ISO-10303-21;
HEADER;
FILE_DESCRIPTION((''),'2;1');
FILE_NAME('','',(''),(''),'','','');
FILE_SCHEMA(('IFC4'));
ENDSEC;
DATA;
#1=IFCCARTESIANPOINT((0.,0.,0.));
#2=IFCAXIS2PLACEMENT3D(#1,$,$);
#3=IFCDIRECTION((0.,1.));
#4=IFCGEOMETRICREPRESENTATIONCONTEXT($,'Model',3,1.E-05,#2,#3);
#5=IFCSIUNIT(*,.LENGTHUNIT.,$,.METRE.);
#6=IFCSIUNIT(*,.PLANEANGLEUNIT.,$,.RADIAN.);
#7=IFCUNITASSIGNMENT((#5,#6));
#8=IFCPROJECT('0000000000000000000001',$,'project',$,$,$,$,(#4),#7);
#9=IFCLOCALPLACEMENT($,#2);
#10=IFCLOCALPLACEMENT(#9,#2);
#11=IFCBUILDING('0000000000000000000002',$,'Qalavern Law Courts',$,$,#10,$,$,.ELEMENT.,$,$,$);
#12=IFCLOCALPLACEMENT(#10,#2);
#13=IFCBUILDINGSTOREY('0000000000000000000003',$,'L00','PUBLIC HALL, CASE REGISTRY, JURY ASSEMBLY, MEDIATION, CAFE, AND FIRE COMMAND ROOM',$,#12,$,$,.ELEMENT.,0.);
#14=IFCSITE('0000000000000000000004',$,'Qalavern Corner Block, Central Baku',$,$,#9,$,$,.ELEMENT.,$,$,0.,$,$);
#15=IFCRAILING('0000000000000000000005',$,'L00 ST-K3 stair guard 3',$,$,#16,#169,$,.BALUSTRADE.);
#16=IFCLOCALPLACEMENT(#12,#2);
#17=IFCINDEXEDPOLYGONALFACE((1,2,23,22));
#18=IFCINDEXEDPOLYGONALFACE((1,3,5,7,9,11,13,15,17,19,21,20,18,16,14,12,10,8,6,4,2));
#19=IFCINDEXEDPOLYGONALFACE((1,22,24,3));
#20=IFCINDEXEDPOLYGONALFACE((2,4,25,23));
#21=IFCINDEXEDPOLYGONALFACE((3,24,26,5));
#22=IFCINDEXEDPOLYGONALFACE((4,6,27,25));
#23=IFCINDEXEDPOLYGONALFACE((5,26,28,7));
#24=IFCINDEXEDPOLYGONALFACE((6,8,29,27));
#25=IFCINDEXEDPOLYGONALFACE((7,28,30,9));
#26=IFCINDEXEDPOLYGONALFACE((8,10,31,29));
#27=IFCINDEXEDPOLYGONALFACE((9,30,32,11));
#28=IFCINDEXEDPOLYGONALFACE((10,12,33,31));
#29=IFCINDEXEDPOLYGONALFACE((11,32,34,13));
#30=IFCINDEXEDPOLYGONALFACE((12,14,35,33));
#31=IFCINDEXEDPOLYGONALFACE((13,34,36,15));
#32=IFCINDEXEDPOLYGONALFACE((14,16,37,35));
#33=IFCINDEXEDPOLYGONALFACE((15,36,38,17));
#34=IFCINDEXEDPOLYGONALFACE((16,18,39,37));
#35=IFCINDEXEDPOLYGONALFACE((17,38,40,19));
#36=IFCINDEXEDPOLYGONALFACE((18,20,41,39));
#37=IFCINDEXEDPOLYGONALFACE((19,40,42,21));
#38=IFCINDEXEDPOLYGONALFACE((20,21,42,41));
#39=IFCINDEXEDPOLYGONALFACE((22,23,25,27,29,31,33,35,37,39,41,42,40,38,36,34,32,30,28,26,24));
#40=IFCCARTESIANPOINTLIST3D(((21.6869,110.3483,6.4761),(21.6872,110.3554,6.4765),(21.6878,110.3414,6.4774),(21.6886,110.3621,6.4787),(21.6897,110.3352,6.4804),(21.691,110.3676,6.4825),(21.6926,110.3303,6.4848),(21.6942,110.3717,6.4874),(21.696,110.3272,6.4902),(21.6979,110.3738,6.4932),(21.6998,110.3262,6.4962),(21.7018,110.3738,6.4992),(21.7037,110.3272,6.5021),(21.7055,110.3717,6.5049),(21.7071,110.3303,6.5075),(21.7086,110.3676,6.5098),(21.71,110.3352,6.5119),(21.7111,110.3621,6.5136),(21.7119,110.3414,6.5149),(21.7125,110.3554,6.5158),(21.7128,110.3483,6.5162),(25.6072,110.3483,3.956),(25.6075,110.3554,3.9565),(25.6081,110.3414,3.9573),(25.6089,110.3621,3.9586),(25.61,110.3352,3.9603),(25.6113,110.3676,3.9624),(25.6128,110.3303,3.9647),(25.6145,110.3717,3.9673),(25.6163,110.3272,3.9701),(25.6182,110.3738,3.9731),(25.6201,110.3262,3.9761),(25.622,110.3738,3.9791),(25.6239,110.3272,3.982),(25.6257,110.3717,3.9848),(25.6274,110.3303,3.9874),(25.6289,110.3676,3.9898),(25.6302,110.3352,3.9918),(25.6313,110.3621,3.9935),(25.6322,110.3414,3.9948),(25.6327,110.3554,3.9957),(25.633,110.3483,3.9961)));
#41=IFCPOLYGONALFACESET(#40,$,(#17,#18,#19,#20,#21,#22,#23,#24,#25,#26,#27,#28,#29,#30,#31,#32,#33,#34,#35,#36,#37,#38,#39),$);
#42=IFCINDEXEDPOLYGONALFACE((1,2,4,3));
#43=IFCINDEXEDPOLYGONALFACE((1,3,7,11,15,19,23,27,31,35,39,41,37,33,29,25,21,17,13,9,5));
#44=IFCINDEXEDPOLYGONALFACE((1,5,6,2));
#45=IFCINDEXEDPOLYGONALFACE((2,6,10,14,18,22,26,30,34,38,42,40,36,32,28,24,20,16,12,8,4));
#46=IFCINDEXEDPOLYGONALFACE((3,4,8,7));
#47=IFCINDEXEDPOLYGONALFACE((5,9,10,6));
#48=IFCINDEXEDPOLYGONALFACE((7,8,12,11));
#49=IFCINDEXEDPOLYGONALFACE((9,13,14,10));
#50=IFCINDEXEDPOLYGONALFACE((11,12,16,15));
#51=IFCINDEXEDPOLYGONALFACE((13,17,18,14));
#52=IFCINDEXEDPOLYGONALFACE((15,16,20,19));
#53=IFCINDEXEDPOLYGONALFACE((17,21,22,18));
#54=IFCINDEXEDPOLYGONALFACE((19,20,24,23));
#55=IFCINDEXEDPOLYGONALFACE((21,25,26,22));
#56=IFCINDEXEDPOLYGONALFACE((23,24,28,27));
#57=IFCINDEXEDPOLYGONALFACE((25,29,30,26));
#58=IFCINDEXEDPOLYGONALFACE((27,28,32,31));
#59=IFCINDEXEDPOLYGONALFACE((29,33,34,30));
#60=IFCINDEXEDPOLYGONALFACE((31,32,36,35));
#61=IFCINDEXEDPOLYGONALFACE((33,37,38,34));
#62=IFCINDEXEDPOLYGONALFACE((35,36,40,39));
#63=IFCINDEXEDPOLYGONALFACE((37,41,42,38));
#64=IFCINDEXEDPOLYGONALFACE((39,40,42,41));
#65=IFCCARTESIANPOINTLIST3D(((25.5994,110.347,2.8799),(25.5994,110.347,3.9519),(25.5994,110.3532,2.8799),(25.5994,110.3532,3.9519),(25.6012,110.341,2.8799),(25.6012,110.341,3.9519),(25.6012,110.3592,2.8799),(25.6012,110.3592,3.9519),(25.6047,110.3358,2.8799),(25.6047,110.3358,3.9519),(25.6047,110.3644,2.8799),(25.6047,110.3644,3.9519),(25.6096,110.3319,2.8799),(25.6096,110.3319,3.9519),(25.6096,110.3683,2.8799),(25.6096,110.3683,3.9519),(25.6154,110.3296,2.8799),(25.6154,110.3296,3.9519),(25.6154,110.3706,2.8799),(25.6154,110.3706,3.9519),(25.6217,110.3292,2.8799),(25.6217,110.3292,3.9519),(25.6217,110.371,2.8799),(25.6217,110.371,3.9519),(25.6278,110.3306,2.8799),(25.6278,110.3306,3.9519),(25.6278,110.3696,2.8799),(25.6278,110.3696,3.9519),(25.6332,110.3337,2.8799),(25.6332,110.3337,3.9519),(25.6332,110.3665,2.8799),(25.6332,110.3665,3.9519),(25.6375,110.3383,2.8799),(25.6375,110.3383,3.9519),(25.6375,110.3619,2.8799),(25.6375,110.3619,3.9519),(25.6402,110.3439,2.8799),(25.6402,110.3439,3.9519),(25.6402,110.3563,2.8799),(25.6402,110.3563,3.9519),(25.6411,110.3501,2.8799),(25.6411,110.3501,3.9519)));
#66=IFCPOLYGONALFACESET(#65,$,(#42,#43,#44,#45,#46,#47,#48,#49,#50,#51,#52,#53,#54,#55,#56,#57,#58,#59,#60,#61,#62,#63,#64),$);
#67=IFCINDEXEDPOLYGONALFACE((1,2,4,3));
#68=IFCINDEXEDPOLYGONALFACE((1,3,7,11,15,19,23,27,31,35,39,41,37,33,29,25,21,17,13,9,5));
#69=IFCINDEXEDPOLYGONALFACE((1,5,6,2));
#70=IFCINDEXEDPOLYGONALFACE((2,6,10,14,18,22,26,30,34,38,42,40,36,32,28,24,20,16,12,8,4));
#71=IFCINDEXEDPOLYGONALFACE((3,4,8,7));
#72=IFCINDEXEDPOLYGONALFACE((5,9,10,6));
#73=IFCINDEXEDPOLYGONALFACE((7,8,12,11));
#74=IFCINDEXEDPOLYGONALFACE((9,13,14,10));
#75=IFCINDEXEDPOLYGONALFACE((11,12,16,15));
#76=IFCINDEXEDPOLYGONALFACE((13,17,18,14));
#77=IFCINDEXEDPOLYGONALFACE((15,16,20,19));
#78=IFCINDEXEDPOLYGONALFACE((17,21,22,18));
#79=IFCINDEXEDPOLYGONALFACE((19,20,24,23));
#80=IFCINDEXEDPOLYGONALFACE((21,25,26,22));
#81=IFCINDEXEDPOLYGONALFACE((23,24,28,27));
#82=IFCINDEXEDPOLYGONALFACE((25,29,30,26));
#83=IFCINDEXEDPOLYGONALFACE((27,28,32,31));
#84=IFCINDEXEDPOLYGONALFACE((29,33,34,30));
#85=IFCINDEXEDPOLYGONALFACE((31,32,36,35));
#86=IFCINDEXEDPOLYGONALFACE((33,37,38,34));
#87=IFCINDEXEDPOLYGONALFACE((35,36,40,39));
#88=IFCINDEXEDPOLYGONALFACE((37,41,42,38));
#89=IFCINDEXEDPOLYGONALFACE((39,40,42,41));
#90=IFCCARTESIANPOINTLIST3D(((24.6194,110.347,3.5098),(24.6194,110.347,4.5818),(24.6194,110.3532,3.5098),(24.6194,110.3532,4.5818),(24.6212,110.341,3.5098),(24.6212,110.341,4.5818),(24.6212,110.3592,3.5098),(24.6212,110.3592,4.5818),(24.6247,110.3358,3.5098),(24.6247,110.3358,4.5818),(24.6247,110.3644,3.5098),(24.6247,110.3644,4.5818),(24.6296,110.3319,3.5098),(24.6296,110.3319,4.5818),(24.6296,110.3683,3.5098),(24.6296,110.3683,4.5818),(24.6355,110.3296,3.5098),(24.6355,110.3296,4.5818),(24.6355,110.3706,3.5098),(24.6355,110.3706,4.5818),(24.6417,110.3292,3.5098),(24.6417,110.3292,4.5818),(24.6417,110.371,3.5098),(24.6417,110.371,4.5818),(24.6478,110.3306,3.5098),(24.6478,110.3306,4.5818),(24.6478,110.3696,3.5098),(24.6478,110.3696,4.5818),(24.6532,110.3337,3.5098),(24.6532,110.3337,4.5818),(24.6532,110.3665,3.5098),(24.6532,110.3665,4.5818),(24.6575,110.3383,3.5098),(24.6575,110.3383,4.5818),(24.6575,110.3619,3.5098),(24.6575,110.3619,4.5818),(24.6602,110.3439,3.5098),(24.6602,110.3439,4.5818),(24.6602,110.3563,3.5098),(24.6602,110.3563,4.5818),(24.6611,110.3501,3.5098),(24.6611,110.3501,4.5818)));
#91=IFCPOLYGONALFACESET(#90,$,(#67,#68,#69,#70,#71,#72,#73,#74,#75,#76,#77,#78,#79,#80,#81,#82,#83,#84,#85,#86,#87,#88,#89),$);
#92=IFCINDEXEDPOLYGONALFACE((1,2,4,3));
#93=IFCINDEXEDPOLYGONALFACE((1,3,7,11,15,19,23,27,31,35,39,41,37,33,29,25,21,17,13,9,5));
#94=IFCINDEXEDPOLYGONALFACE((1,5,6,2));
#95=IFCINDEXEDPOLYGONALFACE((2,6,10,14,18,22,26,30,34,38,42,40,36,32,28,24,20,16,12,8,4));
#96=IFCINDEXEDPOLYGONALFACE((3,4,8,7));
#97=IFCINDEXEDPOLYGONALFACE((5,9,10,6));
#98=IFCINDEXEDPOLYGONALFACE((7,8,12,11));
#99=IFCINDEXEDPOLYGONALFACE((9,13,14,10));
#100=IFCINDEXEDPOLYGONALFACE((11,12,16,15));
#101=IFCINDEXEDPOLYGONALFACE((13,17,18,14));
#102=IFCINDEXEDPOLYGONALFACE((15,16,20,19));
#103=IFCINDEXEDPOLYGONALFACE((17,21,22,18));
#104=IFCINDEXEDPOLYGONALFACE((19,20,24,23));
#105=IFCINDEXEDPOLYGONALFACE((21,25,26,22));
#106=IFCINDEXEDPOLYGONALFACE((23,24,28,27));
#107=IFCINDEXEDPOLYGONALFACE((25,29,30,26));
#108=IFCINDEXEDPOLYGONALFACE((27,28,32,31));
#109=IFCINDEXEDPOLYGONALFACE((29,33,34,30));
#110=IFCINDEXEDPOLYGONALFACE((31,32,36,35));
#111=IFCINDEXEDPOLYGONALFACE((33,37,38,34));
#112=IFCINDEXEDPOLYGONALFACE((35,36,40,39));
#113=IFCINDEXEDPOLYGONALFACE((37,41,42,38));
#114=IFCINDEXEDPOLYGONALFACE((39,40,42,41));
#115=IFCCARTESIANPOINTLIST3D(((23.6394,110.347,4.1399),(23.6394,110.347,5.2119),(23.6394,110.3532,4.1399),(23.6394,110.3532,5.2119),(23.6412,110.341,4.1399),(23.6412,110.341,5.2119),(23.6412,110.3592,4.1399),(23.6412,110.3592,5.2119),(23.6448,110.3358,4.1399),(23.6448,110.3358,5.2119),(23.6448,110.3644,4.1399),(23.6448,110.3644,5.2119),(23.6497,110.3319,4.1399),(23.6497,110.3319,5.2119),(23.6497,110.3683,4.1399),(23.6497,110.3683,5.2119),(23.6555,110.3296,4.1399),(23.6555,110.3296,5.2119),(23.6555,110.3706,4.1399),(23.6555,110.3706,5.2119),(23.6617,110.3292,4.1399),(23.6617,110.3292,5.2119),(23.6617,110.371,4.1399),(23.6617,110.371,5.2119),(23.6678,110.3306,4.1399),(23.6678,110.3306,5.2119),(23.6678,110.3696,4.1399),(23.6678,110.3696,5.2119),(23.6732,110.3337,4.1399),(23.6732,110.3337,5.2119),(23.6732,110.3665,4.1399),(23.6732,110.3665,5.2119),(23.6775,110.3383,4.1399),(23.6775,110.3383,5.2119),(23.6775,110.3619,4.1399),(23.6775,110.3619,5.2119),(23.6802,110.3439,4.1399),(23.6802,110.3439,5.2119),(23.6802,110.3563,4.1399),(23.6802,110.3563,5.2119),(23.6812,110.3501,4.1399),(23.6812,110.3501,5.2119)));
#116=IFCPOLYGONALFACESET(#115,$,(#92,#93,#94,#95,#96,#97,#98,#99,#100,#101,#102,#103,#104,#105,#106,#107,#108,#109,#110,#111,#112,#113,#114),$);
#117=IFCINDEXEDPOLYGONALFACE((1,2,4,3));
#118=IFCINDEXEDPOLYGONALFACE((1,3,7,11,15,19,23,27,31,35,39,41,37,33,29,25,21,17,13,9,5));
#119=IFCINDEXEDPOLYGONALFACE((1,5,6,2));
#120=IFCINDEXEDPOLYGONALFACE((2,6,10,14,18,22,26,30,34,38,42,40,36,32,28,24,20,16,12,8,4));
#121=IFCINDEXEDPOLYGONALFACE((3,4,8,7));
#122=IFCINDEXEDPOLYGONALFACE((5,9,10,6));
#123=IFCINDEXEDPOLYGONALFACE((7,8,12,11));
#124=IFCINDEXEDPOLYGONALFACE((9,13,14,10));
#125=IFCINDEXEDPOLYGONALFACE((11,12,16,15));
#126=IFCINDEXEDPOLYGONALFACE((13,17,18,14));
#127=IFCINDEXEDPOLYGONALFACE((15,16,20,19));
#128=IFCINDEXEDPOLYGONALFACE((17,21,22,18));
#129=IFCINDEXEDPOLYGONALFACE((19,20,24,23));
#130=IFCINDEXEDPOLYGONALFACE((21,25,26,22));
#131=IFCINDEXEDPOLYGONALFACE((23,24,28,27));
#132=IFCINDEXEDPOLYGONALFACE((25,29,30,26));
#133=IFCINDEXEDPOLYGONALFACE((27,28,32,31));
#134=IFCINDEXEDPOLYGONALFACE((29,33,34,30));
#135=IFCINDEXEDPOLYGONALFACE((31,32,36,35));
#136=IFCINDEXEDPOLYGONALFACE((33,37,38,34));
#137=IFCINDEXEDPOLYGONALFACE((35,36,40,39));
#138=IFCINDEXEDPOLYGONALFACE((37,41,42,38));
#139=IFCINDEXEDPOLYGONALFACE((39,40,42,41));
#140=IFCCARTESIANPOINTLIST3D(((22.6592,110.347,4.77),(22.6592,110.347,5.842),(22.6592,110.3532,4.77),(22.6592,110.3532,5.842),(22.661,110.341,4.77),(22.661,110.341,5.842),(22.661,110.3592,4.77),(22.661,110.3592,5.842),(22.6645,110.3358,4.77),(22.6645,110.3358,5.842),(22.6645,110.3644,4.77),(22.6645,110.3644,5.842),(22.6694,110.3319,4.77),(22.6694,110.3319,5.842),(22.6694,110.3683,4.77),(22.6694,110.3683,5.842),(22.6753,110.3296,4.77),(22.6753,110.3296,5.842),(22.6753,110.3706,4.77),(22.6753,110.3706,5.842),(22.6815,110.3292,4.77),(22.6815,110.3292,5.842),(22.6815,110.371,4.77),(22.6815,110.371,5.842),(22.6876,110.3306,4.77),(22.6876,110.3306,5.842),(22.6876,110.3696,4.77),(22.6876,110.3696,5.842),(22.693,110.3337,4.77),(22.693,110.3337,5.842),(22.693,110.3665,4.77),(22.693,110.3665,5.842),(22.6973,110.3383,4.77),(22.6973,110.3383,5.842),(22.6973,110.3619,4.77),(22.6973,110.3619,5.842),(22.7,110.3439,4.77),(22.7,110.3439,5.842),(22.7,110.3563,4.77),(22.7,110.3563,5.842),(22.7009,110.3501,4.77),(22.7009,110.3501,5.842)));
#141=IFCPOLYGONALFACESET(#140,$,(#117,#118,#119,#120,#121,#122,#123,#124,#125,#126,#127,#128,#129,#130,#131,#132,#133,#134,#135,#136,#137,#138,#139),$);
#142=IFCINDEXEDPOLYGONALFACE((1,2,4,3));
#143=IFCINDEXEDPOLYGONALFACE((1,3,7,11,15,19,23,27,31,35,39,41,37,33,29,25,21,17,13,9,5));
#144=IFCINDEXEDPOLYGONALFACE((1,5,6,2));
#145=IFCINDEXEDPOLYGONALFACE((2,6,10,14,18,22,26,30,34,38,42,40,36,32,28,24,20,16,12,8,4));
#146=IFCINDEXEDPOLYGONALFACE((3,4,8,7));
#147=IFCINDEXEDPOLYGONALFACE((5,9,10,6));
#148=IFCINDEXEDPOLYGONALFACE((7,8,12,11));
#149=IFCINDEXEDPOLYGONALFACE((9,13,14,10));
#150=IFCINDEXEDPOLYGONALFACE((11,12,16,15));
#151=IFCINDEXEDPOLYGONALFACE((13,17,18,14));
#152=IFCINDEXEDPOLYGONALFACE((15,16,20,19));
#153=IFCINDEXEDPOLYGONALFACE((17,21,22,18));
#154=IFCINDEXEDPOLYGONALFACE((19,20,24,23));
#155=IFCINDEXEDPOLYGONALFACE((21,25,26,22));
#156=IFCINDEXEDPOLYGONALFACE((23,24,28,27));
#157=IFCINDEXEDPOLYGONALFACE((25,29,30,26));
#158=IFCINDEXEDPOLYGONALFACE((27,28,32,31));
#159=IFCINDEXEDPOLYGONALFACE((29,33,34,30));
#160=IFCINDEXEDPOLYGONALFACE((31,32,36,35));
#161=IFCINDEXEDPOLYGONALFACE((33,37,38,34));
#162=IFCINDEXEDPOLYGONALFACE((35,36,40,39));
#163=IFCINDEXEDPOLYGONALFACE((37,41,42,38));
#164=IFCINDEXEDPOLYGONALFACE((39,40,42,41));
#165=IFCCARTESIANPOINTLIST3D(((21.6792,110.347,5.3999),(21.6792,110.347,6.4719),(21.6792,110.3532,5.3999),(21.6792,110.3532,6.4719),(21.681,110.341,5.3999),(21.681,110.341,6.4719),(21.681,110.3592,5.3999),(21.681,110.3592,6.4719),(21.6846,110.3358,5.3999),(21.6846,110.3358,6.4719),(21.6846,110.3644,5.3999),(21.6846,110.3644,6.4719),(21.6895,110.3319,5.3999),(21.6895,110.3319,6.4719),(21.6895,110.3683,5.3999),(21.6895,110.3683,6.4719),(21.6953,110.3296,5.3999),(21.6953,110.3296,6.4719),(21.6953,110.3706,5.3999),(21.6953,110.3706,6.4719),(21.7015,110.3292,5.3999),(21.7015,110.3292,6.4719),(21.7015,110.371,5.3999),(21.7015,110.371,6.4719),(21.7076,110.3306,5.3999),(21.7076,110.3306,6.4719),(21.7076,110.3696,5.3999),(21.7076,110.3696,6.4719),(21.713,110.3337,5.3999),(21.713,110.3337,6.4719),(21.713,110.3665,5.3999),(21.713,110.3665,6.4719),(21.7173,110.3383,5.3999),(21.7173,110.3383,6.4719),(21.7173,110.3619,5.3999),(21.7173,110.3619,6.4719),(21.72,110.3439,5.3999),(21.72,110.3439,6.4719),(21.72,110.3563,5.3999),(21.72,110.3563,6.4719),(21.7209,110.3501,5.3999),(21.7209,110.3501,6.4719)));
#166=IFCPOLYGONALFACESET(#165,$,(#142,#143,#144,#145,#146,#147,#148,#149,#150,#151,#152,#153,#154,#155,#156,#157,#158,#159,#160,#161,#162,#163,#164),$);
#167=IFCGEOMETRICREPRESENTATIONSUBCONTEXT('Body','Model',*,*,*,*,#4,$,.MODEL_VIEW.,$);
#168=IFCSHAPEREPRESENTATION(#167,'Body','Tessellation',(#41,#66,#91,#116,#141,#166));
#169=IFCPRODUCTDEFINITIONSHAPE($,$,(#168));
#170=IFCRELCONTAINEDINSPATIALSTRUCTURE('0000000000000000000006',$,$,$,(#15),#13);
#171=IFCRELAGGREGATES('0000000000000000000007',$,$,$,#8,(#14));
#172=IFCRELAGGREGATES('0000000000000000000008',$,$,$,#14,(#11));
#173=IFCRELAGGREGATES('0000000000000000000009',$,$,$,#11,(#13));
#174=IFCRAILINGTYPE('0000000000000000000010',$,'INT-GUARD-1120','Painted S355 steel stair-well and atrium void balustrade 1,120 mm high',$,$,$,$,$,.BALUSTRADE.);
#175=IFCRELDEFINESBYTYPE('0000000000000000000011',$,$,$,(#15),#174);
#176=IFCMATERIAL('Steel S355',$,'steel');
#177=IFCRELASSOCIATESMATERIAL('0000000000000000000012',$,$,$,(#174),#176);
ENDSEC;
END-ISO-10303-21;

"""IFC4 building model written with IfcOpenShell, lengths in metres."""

from ifc_helpers import new_model, si_unit, direction, frame, origin, origin_2d, place, context, subcontext, project, spatial, circle, extrude, material, type_object, element, save


model = new_model("IFC4")

# Units and contexts
model_context = context("Model", 3, precision=1e-05, world=origin(), true_north=direction((0.0, 1.0)))
body_context = subcontext(model_context, "Body", "Model", "MODEL_VIEW")
ifc_project = project(units=[si_unit("LENGTHUNIT", "METRE"), si_unit("PLANEANGLEUNIT", "RADIAN")], contexts=[model_context])

# Site, building, storey
site_placement = place(None, origin())
site = spatial("IfcSite", under=ifc_project, at=site_placement, Name="Qalavern Corner Block, Central Baku", CompositionType="ELEMENT", RefElevation=0.0)
building_placement = place(site_placement, origin())
building = spatial("IfcBuilding", under=site, at=building_placement, Name="Qalavern Law Courts", CompositionType="ELEMENT")
storey_placement = place(building_placement, origin())
storey = spatial("IfcBuildingStorey", under=building, at=storey_placement, Name="L00", Description="PUBLIC HALL, CASE REGISTRY, JURY ASSEMBLY, MEDIATION, CAFE, AND FIRE COMMAND ROOM", CompositionType="ELEMENT", Elevation=0.0)

# Railing
ifc_material_1 = material(Name="Steel S355", Category="steel")
railing_type_1 = type_object("IfcRailingType", Name="INT-GUARD-1120", Description="Painted S355 steel stair-well and atrium void balustrade 1,120 mm high", PredefinedType="BALUSTRADE", material=ifc_material_1)
railing_1_placement = place(storey_placement, frame((25.6201, 110.3501, 2.8799)))
element("IfcRailing", 1, at=railing_1_placement, inside=storey, type_object=railing_type_1, Name="L00 ST-K3 stair guard 3", PredefinedType="BALUSTRADE", context=body_context, shape_type="SweptSolid", body=[
    extrude(circle(Radius=0.0239, at=origin_2d()), frame((0.0, 0.0, 1.0962), z_axis=(-0.841187, 0.0, 0.540744), x_axis=(0.0, -1.0, 0.0)), (0.0, 0.0, 1.0), 4.6604),
    extrude(circle(Radius=0.021, at=origin_2d()), origin(), (0.0, 0.0, 1.0), 1.072),
    extrude(circle(Radius=0.021, at=origin_2d()), frame((-0.98, 0.0, 0.6299)), (0.0, 0.0, 1.0), 1.072),
    extrude(circle(Radius=0.021, at=origin_2d()), frame((-1.96, 0.0, 1.26)), (0.0, 0.0, 1.0), 1.072),
    extrude(circle(Radius=0.021, at=origin_2d()), frame((-2.9402, 0.0, 1.8901)), (0.0, 0.0, 1.0), 1.072),
    extrude(circle(Radius=0.021, at=origin_2d()), frame((-3.9202, 0.0, 2.52)), (0.0, 0.0, 1.0), 1.072),
])

save(model, "model.ifc")
